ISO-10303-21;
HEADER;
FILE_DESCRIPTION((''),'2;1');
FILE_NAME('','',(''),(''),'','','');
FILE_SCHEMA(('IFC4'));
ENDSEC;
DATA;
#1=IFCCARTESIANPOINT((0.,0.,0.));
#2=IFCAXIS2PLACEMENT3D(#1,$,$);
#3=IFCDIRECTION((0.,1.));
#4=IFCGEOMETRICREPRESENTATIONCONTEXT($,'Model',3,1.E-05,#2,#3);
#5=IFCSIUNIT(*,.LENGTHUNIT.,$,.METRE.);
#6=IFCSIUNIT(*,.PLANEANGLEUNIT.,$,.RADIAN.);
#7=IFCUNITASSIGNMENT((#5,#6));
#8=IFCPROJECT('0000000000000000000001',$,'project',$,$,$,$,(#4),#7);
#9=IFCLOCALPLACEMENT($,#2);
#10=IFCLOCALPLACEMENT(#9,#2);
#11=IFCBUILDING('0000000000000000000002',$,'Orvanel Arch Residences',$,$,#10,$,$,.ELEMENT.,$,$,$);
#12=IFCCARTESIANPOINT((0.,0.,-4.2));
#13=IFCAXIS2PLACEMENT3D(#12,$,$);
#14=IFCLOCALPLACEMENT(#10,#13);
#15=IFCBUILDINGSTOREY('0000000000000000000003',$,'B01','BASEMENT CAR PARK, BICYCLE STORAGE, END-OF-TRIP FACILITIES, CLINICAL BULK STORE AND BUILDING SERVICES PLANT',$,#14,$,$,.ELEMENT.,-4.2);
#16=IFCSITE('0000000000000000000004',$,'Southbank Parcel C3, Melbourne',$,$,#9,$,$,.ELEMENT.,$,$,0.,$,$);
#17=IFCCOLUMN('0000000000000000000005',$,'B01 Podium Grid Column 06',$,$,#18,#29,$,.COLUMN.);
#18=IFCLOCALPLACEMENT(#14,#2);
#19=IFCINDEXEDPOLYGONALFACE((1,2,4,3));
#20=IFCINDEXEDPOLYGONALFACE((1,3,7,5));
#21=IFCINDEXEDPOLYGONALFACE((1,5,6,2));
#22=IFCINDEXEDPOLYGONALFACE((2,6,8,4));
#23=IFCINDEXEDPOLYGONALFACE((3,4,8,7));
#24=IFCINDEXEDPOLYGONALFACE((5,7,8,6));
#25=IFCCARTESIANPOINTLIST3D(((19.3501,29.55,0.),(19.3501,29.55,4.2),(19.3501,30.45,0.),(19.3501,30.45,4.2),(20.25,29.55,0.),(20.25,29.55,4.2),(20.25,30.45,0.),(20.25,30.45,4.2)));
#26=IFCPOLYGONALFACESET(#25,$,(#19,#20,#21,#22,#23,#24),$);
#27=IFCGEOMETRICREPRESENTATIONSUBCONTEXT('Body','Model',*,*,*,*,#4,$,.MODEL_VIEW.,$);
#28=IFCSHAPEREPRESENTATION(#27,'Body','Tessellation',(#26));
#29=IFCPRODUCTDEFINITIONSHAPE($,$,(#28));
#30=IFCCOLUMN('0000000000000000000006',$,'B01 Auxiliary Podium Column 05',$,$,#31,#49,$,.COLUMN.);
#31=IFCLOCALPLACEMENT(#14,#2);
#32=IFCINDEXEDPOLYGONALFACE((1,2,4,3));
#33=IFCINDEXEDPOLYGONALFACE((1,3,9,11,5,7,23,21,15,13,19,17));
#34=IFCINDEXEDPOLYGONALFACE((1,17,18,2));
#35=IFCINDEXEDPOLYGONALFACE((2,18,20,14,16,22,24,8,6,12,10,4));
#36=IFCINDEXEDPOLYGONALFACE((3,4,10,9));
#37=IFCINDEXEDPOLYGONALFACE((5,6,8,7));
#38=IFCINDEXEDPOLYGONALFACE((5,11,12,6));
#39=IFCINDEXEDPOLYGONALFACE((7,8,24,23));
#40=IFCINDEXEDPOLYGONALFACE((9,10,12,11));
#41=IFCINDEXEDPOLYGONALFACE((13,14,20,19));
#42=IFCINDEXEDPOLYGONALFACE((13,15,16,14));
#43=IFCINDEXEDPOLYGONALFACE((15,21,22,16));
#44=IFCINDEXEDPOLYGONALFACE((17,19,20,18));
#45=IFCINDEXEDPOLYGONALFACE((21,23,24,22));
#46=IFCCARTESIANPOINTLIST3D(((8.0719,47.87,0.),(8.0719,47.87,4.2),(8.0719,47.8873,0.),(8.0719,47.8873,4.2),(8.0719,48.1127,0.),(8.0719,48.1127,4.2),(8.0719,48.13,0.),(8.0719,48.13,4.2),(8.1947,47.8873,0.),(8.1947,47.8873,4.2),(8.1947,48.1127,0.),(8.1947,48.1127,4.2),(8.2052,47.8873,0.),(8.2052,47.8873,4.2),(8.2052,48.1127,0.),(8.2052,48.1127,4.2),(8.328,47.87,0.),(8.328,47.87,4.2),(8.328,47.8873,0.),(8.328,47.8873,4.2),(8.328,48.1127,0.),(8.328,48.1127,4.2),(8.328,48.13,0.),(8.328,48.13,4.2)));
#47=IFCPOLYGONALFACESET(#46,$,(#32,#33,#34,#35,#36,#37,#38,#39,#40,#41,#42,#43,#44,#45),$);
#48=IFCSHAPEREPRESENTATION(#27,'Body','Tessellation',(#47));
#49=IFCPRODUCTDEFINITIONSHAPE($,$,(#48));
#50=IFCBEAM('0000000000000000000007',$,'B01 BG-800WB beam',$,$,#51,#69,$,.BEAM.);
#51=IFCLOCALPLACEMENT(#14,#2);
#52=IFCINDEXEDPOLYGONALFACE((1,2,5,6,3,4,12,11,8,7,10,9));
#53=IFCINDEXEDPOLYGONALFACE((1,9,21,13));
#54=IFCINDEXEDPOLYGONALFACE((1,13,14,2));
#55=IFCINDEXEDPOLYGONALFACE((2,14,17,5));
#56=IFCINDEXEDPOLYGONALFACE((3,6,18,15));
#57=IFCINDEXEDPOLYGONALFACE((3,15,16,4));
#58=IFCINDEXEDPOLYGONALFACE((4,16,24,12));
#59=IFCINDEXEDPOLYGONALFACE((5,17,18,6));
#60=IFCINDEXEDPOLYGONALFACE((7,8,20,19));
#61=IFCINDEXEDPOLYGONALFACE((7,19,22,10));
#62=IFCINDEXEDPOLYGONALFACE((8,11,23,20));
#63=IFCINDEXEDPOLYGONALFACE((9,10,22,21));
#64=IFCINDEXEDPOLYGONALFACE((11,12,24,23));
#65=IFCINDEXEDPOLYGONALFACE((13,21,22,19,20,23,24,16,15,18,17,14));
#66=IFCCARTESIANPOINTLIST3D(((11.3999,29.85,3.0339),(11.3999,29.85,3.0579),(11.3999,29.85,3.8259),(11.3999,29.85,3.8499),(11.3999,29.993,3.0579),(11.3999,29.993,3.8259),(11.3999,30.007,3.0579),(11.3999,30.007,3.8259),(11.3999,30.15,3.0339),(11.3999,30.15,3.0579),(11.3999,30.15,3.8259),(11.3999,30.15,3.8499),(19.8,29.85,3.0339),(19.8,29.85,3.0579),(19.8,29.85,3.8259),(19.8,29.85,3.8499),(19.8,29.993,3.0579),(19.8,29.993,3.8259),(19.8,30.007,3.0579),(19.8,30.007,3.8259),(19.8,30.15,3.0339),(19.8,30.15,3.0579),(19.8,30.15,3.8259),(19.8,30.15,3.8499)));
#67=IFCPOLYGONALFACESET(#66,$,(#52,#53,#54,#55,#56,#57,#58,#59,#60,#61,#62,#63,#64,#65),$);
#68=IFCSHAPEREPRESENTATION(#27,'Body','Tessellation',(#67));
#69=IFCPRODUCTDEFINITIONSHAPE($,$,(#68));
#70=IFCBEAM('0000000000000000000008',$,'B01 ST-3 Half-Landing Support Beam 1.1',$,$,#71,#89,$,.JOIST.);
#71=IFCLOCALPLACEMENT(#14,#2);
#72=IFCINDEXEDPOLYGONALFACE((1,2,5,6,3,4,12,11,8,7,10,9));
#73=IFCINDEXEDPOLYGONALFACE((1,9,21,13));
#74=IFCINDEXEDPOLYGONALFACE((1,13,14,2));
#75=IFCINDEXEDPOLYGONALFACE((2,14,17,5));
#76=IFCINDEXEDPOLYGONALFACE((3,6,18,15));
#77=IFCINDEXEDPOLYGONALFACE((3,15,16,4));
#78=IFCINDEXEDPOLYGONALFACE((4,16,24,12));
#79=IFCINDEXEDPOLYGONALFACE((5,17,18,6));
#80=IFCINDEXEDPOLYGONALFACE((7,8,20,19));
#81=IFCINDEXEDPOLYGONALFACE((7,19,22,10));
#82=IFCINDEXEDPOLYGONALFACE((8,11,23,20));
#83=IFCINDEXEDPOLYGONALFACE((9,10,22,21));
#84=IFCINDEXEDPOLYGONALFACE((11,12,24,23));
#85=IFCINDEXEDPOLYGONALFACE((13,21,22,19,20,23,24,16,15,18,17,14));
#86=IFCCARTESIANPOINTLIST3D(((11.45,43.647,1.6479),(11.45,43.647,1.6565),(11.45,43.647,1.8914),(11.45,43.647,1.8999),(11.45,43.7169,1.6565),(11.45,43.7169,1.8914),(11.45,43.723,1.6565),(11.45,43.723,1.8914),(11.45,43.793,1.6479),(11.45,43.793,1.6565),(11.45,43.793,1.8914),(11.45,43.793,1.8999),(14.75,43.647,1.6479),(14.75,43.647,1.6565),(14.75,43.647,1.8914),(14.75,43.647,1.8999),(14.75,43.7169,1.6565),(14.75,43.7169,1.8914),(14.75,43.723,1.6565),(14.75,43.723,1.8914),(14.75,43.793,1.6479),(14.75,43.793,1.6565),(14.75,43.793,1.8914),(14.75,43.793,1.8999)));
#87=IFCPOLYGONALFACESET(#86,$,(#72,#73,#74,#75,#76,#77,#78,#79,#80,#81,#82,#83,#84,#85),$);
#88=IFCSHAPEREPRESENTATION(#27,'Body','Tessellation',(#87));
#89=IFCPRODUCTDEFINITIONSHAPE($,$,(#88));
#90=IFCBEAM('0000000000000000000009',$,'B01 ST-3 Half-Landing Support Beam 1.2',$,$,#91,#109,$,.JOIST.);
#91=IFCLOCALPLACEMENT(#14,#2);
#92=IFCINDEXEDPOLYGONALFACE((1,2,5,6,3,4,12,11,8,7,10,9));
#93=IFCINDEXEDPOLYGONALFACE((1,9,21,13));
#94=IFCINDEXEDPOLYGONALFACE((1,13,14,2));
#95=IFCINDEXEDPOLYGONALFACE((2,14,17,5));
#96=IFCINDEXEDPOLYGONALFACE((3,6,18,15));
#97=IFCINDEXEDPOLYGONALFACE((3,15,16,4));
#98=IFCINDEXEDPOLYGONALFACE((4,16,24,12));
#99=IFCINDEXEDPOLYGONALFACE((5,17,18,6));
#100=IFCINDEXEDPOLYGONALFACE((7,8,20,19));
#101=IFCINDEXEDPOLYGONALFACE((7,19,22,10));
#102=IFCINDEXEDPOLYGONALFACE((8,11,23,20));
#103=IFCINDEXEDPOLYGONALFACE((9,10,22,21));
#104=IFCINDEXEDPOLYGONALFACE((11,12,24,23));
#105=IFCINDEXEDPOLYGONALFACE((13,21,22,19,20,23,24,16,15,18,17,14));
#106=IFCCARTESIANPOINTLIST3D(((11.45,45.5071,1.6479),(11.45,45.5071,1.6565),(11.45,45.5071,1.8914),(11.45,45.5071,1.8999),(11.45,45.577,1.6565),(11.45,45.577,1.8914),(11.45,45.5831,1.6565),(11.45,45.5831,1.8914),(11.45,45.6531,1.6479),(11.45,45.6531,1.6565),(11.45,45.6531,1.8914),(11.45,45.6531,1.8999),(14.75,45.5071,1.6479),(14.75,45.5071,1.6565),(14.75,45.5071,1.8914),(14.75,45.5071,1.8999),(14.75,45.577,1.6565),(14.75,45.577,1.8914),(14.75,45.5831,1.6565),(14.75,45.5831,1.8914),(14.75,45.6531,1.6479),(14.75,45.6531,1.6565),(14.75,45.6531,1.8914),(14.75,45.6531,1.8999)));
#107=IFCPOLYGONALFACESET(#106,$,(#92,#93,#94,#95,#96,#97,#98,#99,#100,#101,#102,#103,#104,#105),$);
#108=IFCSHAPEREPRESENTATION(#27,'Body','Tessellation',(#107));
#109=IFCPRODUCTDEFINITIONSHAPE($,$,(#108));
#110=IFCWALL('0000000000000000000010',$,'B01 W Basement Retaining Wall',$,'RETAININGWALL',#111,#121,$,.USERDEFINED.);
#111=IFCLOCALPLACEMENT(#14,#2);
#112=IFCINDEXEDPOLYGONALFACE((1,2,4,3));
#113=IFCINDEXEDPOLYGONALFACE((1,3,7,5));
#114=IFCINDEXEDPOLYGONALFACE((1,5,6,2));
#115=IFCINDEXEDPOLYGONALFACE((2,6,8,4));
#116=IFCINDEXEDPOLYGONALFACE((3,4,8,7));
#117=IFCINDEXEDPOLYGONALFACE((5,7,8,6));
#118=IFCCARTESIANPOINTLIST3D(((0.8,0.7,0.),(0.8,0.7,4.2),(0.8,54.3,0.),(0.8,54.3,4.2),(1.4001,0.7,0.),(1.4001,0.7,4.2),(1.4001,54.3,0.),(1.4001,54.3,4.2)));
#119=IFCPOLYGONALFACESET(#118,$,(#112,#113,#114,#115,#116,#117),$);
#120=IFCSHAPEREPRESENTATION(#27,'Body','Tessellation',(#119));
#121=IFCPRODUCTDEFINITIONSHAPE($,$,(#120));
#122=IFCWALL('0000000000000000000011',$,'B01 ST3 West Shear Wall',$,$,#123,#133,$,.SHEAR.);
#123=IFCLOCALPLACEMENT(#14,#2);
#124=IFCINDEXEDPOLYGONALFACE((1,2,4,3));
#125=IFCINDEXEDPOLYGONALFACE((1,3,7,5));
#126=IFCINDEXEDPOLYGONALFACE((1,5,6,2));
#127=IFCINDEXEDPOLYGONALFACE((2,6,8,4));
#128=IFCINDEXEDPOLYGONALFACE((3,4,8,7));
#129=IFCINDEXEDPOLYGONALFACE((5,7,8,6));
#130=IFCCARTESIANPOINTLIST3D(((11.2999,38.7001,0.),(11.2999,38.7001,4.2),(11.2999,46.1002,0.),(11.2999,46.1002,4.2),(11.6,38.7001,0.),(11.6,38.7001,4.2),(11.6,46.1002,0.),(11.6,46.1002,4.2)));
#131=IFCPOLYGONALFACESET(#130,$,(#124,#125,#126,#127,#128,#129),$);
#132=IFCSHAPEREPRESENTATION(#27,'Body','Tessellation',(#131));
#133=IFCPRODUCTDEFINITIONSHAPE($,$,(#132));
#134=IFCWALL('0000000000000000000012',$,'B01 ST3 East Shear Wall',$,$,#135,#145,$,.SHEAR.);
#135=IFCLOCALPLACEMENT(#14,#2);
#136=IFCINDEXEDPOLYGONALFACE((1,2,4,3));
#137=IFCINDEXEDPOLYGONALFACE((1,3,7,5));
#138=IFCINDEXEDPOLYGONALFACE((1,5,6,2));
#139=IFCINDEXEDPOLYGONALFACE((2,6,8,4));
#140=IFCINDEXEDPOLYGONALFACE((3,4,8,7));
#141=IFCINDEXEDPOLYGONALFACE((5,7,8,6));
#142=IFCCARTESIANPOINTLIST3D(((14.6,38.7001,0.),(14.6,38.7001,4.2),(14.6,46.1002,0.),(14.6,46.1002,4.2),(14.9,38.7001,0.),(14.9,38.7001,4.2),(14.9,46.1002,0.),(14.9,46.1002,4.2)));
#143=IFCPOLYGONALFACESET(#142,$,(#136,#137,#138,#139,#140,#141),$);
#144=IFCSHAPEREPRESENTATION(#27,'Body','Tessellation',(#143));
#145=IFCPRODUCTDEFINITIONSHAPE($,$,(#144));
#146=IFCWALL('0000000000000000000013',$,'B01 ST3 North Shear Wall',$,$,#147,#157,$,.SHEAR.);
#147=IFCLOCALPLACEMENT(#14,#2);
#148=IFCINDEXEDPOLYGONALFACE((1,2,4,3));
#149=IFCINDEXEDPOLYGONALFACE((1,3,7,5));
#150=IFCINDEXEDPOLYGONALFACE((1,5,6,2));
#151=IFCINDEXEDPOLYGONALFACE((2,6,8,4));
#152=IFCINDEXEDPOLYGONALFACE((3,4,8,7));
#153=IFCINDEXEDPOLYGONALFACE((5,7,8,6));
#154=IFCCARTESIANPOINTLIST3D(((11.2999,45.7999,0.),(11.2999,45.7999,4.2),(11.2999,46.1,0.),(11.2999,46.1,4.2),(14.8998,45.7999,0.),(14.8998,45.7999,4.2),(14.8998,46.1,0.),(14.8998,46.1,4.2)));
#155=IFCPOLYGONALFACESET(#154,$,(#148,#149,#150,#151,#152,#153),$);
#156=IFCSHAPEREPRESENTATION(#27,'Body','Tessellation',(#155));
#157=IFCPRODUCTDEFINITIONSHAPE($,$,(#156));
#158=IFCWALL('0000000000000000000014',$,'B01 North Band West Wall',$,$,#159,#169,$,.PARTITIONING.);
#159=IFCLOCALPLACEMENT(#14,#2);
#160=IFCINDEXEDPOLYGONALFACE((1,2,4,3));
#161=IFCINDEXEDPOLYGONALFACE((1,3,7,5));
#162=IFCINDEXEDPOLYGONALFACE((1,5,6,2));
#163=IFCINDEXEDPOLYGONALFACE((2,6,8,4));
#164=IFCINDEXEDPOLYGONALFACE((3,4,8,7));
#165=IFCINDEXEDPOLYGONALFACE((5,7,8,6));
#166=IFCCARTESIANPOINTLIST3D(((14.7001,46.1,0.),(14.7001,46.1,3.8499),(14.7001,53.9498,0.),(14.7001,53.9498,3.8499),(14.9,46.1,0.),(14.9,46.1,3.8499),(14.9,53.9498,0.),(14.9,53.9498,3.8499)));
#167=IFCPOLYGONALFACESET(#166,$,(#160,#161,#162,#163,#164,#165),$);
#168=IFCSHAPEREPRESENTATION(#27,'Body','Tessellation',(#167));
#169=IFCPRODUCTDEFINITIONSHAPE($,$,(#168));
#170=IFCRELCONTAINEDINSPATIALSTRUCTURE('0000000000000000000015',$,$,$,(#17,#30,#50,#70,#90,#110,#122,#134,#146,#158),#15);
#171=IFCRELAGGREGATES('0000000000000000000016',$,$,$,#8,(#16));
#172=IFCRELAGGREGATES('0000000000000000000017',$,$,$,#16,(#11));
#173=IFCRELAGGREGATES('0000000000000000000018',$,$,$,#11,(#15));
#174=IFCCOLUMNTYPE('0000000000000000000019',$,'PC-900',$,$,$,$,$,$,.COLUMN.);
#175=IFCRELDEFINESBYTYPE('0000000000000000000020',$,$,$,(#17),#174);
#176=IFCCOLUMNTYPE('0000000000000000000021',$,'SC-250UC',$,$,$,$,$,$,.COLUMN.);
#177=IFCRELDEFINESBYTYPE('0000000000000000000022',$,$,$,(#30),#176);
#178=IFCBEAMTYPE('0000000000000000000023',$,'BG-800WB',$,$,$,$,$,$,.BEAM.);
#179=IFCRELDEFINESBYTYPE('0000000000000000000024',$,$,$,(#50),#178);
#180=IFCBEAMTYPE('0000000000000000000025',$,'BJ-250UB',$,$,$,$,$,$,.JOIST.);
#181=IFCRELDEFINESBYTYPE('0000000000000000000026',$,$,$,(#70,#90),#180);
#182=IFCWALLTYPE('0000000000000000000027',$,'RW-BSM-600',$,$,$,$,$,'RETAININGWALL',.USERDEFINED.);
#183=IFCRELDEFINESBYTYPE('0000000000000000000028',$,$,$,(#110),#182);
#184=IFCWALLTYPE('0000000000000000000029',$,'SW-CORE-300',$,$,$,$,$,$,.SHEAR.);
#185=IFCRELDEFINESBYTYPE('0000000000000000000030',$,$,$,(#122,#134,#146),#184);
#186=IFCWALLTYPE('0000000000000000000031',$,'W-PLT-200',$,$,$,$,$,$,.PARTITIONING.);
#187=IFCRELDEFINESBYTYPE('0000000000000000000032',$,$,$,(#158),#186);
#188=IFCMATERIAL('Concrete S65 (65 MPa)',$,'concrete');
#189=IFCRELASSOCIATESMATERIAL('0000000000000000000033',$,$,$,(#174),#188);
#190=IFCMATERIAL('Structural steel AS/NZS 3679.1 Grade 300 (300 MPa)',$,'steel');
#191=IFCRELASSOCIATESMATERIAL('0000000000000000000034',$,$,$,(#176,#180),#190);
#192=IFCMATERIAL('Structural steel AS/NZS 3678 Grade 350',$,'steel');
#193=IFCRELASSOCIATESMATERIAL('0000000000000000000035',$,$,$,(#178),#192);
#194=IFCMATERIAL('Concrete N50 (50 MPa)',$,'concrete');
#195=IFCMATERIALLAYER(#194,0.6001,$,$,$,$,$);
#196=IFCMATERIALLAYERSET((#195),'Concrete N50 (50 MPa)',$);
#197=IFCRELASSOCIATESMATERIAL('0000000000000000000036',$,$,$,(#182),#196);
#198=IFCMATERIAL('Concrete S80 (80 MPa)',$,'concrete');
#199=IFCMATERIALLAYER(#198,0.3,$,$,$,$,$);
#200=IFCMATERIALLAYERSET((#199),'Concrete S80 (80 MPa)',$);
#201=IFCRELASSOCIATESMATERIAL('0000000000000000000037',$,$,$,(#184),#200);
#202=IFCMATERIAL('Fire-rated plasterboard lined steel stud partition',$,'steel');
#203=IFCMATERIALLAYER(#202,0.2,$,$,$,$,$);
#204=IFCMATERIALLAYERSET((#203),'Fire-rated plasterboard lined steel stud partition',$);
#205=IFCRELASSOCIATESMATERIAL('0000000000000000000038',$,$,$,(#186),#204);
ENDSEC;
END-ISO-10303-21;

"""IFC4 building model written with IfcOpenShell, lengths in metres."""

from ifc_helpers import new_model, si_unit, direction, frame, frame_2d, origin, origin_2d, place, context, subcontext, project, spatial, rectangle, i_section, extrude, material, layer, layer_set, material_profile, profile_set, type_object, element, save


model = new_model("IFC4")

# Units and contexts
model_context = context("Model", 3, precision=1e-05, world=origin(), true_north=direction((0.0, 1.0)))
body_context = subcontext(model_context, "Body", "Model", "MODEL_VIEW")
ifc_project = project(units=[si_unit("LENGTHUNIT", "METRE"), si_unit("PLANEANGLEUNIT", "RADIAN")], contexts=[model_context])

# Site, building, storey
site_placement = place(None, origin())
site = spatial("IfcSite", under=ifc_project, at=site_placement, Name="Southbank Parcel C3, Melbourne", CompositionType="ELEMENT", RefElevation=0.0)
building_placement = place(site_placement, origin())
building = spatial("IfcBuilding", under=site, at=building_placement, Name="Orvanel Arch Residences", CompositionType="ELEMENT")
storey_placement = place(building_placement, frame((0.0, 0.0, -4.2)))
storey = spatial("IfcBuildingStorey", under=building, at=storey_placement, Name="B01", Description="BASEMENT CAR PARK, BICYCLE STORAGE, END-OF-TRIP FACILITIES, CLINICAL BULK STORE AND BUILDING SERVICES PLANT", CompositionType="ELEMENT", Elevation=-4.2)

# Columns
ifc_material_1 = material(Name="Concrete S65 (65 MPa)", Category="concrete")
ifc_material_profile_1 = material_profile(ifc_material_1, rectangle(XDim=0.8999, YDim=0.8999, at=origin_2d()), Name="RC900x900")
ifc_profile_set_1 = profile_set([ifc_material_profile_1], Name="Concrete S65 (65 MPa)")
column_type_1 = type_object("IfcColumnType", Name="PC-900", PredefinedType="COLUMN", material=ifc_profile_set_1)
column_1_placement = place(storey_placement, frame((19.8, 30.0, 0.0), z_axis=(0.0, 0.0, 1.0), x_axis=(1.0, 0.0, 0.0)))
element("IfcColumn", 1, at=column_1_placement, inside=storey, type_object=column_type_1, Name="B01 Podium Grid Column 06", PredefinedType="COLUMN", context=body_context, shape_type="SweptSolid", body=[
    extrude(rectangle(XDim=0.8999, YDim=0.8999, at=origin_2d()), origin(), (0.0, 0.0, 1.0), 4.2),
])
ifc_material_2 = material(Name="Structural steel AS/NZS 3679.1 Grade 300 (300 MPa)", Category="steel")
ifc_material_profile_2 = material_profile(ifc_material_2, i_section(OverallWidth=0.2561, OverallDepth=0.26, WebThickness=0.0105, FlangeThickness=0.0173, at=origin_2d()), Name="250UC89.5")
ifc_profile_set_2 = profile_set([ifc_material_profile_2], Name="Structural steel AS/NZS 3679.1 Grade 300 (300 MPa)")
column_type_2 = type_object("IfcColumnType", Name="SC-250UC", PredefinedType="COLUMN", material=ifc_profile_set_2)
column_2_placement = place(storey_placement, frame((8.2, 48.0, 0.0), z_axis=(0.0, 0.0, 1.0), x_axis=(1.0, 0.0, 0.0)))
element("IfcColumn", 2, at=column_2_placement, inside=storey, type_object=column_type_2, Name="B01 Auxiliary Podium Column 05", PredefinedType="COLUMN", context=body_context, shape_type="SweptSolid", body=[
    extrude(i_section(OverallWidth=0.2561, OverallDepth=0.26, WebThickness=0.0105, FlangeThickness=0.0173, at=origin_2d()), origin(), (0.0, 0.0, 1.0), 4.2),
])

# Beams
ifc_material_3 = material(Name="Structural steel AS/NZS 3678 Grade 350", Category="steel")
ifc_material_profile_3 = material_profile(ifc_material_3, i_section(OverallWidth=0.3, OverallDepth=0.8159, WebThickness=0.0139, FlangeThickness=0.0239, at=origin_2d()), Name="800WB192")
ifc_profile_set_3 = profile_set([ifc_material_profile_3], Name="Structural steel AS/NZS 3678 Grade 350")
beam_type_1 = type_object("IfcBeamType", Name="BG-800WB", PredefinedType="BEAM", material=ifc_profile_set_3)
beam_placement = place(storey_placement, frame((11.3999, 30.0, 3.4419), z_axis=(1.0, 0.0, 0.0), x_axis=(0.0, 1.0, 0.0)))
element("IfcBeam", 3, at=beam_placement, inside=storey, type_object=beam_type_1, Name="B01 BG-800WB beam", PredefinedType="BEAM", context=body_context, shape_type="SweptSolid", body=[
    extrude(i_section(OverallWidth=0.3, OverallDepth=0.8159, WebThickness=0.0139, FlangeThickness=0.0239, at=origin_2d()), origin(), (0.0, 0.0, 1.0), 8.4001),
])
ifc_material_profile_4 = material_profile(ifc_material_2, i_section(OverallWidth=0.146, OverallDepth=0.252, WebThickness=0.0061, FlangeThickness=0.0085, at=origin_2d()), Name="250UB31.4")
ifc_profile_set_4 = profile_set([ifc_material_profile_4], Name="Structural steel AS/NZS 3679.1 Grade 300 (300 MPa)")
beam_type_2 = type_object("IfcBeamType", Name="BJ-250UB", PredefinedType="JOIST", material=ifc_profile_set_4)
for number, where, z_axis, x_axis, name in (
    (4, (11.45, 43.72, 1.7739), (1.0, 0.0, 0.0), (0.0, 1.0, 0.0), "B01 ST-3 Half-Landing Support Beam 1.1"),
    (5, (11.45, 45.5801, 1.7739), (1.0, 0.0, 0.0), (0.0, 1.0, 0.0), "B01 ST-3 Half-Landing Support Beam 1.2"),
):
    element("IfcBeam", number, at=place(storey_placement, frame(where, z_axis=z_axis, x_axis=x_axis)), inside=storey, type_object=beam_type_2, Name=name, PredefinedType="JOIST", context=body_context, shape_type="SweptSolid", body=[
        extrude(i_section(OverallWidth=0.146, OverallDepth=0.252, WebThickness=0.0061, FlangeThickness=0.0085, at=origin_2d()), origin(), (0.0, 0.0, 1.0), 3.3),
    ])

# Walls
ifc_material_4 = material(Name="Concrete N50 (50 MPa)", Category="concrete")
ifc_layer_1 = layer(ifc_material_4, 0.6001)
ifc_layer_set_1 = layer_set([ifc_layer_1], Name="Concrete N50 (50 MPa)")
wall_type_1 = type_object("IfcWallType", Name="RW-BSM-600", ElementType="RETAININGWALL", PredefinedType="USERDEFINED", material=ifc_layer_set_1)
wall_1_placement = place(storey_placement, frame((1.1001, 54.3, 0.0), z_axis=(0.0, 0.0, 1.0), x_axis=(0.0, -1.0, 0.0)))
element("IfcWall", 6, at=wall_1_placement, inside=storey, type_object=wall_type_1, Name="B01 W Basement Retaining Wall", ObjectType="RETAININGWALL", PredefinedType="USERDEFINED", context=body_context, shape_type="SweptSolid", body=[
    extrude(rectangle(XDim=53.6001, YDim=0.6001, at=frame_2d((26.8, 0.0))), origin(), (0.0, 0.0, 1.0), 4.2),
])
ifc_material_5 = material(Name="Concrete S80 (80 MPa)", Category="concrete")
ifc_layer_2 = layer(ifc_material_5, 0.3)
ifc_layer_set_2 = layer_set([ifc_layer_2], Name="Concrete S80 (80 MPa)")
wall_type_2 = type_object("IfcWallType", Name="SW-CORE-300", PredefinedType="SHEAR", material=ifc_layer_set_2)
for number, where, z_axis, x_axis, name in (
    (7, (11.45, 38.7, 0.0), (0.0, 0.0, 1.0), (0.0, 1.0, 0.0), "B01 ST3 West Shear Wall"),
    (8, (14.75, 38.7, 0.0), (0.0, 0.0, 1.0), (0.0, 1.0, 0.0), "B01 ST3 East Shear Wall"),
):
    element("IfcWall", number, at=place(storey_placement, frame(where, z_axis=z_axis, x_axis=x_axis)), inside=storey, type_object=wall_type_2, Name=name, PredefinedType="SHEAR", context=body_context, shape_type="SweptSolid", body=[
        extrude(rectangle(XDim=7.4001, YDim=0.3, at=frame_2d((3.7002, 0.0))), origin(), (0.0, 0.0, 1.0), 4.2),
    ])
wall_2_placement = place(storey_placement, frame((11.3, 45.95, 0.0), z_axis=(0.0, 0.0, 1.0), x_axis=(1.0, 0.0, 0.0)))
element("IfcWall", 9, at=wall_2_placement, inside=storey, type_object=wall_type_2, Name="B01 ST3 North Shear Wall", PredefinedType="SHEAR", context=body_context, shape_type="SweptSolid", body=[
    extrude(rectangle(XDim=3.5999, YDim=0.3, at=frame_2d((1.7998, 0.0))), origin(), (0.0, 0.0, 1.0), 4.2),
])

# Wall
ifc_material_6 = material(Name="Fire-rated plasterboard lined steel stud partition", Category="steel")
ifc_layer_3 = layer(ifc_material_6, 0.2)
ifc_layer_set_3 = layer_set([ifc_layer_3], Name="Fire-rated plasterboard lined steel stud partition")
wall_type_3 = type_object("IfcWallType", Name="W-PLT-200", PredefinedType="PARTITIONING", material=ifc_layer_set_3)
wall_3_placement = place(storey_placement, frame((14.8, 46.1001, 0.0), z_axis=(0.0, 0.0, 1.0), x_axis=(0.0, 1.0, 0.0)))
element("IfcWall", 10, at=wall_3_placement, inside=storey, type_object=wall_type_3, Name="B01 North Band West Wall", PredefinedType="PARTITIONING", context=body_context, shape_type="SweptSolid", body=[
    extrude(rectangle(XDim=7.8499, YDim=0.2, at=frame_2d((3.9248, 0.0))), origin(), (0.0, 0.0, 1.0), 3.8499),
])

save(model, "model.ifc")
